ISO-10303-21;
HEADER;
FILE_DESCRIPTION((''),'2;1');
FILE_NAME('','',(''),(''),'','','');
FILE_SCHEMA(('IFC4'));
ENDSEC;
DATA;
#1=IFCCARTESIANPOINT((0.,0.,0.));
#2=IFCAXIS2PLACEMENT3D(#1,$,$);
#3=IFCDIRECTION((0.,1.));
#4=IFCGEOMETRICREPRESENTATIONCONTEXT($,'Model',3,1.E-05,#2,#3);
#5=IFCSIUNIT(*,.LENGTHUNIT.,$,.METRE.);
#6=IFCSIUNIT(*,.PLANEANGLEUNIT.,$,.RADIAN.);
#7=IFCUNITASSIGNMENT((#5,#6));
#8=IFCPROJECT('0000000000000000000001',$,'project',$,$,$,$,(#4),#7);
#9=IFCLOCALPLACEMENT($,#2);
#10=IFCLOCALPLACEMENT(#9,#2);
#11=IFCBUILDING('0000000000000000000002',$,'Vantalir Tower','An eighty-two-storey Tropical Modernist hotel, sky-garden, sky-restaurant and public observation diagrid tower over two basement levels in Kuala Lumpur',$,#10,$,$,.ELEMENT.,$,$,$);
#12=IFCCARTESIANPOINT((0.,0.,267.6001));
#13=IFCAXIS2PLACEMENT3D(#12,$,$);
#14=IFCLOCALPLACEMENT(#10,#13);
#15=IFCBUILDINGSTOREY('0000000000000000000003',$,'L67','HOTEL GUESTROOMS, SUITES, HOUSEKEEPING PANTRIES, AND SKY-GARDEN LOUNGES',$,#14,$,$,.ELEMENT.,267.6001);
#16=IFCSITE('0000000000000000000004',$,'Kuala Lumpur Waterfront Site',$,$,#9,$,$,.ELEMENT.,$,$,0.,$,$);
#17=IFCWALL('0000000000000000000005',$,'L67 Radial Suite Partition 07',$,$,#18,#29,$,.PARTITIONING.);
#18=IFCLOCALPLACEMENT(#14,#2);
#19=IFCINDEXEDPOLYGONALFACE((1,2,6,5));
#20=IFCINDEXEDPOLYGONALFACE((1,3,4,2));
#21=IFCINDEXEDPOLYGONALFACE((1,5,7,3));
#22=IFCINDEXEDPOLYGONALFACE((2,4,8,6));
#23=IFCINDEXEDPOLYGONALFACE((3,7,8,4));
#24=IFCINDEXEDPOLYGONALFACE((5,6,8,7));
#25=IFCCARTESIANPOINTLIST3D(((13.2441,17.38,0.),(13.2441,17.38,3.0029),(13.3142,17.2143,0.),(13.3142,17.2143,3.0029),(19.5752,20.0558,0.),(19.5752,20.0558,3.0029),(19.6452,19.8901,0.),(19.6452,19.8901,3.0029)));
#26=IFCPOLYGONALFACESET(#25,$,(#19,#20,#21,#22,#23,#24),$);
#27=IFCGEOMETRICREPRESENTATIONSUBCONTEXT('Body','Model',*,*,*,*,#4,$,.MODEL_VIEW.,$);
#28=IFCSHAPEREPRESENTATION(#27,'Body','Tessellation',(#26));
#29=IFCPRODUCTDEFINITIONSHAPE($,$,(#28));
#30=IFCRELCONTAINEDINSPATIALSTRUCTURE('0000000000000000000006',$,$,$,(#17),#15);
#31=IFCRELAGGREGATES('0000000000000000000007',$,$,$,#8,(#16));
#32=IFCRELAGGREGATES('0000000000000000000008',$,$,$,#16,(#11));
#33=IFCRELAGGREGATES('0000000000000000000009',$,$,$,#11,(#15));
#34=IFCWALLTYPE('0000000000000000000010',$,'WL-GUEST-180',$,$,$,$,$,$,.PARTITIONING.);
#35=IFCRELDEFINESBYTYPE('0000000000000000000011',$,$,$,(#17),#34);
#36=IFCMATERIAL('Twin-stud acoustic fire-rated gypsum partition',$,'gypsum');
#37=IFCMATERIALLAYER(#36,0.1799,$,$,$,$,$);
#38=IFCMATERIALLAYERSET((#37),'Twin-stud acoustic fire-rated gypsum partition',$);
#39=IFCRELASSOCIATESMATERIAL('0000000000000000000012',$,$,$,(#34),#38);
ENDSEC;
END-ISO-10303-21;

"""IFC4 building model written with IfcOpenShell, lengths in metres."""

from ifc_helpers import new_model, si_unit, direction, frame, frame_2d, origin, place, context, subcontext, project, spatial, rectangle, extrude, material, layer, layer_set, type_object, element, save


model = new_model("IFC4")

# Units and contexts
model_context = context("Model", 3, precision=1e-05, world=origin(), true_north=direction((0.0, 1.0)))
body_context = subcontext(model_context, "Body", "Model", "MODEL_VIEW")
ifc_project = project(units=[si_unit("LENGTHUNIT", "METRE"), si_unit("PLANEANGLEUNIT", "RADIAN")], contexts=[model_context])

# Site, building, storey
site_placement = place(None, origin())
site = spatial("IfcSite", under=ifc_project, at=site_placement, Name="Kuala Lumpur Waterfront Site", CompositionType="ELEMENT", RefElevation=0.0)
building_placement = place(site_placement, origin())
building = spatial("IfcBuilding", under=site, at=building_placement, Name="Vantalir Tower", Description="An eighty-two-storey Tropical Modernist hotel, sky-garden, sky-restaurant and public observation diagrid tower over two basement levels in Kuala Lumpur", CompositionType="ELEMENT")
storey_placement = place(building_placement, frame((0.0, 0.0, 267.6001)))
storey = spatial("IfcBuildingStorey", under=building, at=storey_placement, Name="L67", Description="HOTEL GUESTROOMS, SUITES, HOUSEKEEPING PANTRIES, AND SKY-GARDEN LOUNGES", CompositionType="ELEMENT", Elevation=267.6001)

# Wall
ifc_material_1 = material(Name="Twin-stud acoustic fire-rated gypsum partition", Category="gypsum")
ifc_layer_1 = layer(ifc_material_1, 0.1799)
ifc_layer_set_1 = layer_set([ifc_layer_1], Name="Twin-stud acoustic fire-rated gypsum partition")
wall_type_1 = type_object("IfcWallType", Name="WL-GUEST-180", PredefinedType="PARTITIONING", material=ifc_layer_set_1)
wall_1_placement = place(storey_placement, frame((19.6101, 19.9729, 0.0), z_axis=(0.0, 0.0, 1.0), x_axis=(-0.92111, -0.389302, 0.0)))
element("IfcWall", 1, at=wall_1_placement, inside=storey, type_object=wall_type_1, Name="L67 Radial Suite Partition 07", PredefinedType="PARTITIONING", context=body_context, shape_type="SweptSolid", body=[
    extrude(rectangle(XDim=6.8733, YDim=0.1799, at=frame_2d((3.4365, 0.0))), origin(), (0.0, 0.0, 1.0), 3.0029),
])

save(model, "model.ifc")
